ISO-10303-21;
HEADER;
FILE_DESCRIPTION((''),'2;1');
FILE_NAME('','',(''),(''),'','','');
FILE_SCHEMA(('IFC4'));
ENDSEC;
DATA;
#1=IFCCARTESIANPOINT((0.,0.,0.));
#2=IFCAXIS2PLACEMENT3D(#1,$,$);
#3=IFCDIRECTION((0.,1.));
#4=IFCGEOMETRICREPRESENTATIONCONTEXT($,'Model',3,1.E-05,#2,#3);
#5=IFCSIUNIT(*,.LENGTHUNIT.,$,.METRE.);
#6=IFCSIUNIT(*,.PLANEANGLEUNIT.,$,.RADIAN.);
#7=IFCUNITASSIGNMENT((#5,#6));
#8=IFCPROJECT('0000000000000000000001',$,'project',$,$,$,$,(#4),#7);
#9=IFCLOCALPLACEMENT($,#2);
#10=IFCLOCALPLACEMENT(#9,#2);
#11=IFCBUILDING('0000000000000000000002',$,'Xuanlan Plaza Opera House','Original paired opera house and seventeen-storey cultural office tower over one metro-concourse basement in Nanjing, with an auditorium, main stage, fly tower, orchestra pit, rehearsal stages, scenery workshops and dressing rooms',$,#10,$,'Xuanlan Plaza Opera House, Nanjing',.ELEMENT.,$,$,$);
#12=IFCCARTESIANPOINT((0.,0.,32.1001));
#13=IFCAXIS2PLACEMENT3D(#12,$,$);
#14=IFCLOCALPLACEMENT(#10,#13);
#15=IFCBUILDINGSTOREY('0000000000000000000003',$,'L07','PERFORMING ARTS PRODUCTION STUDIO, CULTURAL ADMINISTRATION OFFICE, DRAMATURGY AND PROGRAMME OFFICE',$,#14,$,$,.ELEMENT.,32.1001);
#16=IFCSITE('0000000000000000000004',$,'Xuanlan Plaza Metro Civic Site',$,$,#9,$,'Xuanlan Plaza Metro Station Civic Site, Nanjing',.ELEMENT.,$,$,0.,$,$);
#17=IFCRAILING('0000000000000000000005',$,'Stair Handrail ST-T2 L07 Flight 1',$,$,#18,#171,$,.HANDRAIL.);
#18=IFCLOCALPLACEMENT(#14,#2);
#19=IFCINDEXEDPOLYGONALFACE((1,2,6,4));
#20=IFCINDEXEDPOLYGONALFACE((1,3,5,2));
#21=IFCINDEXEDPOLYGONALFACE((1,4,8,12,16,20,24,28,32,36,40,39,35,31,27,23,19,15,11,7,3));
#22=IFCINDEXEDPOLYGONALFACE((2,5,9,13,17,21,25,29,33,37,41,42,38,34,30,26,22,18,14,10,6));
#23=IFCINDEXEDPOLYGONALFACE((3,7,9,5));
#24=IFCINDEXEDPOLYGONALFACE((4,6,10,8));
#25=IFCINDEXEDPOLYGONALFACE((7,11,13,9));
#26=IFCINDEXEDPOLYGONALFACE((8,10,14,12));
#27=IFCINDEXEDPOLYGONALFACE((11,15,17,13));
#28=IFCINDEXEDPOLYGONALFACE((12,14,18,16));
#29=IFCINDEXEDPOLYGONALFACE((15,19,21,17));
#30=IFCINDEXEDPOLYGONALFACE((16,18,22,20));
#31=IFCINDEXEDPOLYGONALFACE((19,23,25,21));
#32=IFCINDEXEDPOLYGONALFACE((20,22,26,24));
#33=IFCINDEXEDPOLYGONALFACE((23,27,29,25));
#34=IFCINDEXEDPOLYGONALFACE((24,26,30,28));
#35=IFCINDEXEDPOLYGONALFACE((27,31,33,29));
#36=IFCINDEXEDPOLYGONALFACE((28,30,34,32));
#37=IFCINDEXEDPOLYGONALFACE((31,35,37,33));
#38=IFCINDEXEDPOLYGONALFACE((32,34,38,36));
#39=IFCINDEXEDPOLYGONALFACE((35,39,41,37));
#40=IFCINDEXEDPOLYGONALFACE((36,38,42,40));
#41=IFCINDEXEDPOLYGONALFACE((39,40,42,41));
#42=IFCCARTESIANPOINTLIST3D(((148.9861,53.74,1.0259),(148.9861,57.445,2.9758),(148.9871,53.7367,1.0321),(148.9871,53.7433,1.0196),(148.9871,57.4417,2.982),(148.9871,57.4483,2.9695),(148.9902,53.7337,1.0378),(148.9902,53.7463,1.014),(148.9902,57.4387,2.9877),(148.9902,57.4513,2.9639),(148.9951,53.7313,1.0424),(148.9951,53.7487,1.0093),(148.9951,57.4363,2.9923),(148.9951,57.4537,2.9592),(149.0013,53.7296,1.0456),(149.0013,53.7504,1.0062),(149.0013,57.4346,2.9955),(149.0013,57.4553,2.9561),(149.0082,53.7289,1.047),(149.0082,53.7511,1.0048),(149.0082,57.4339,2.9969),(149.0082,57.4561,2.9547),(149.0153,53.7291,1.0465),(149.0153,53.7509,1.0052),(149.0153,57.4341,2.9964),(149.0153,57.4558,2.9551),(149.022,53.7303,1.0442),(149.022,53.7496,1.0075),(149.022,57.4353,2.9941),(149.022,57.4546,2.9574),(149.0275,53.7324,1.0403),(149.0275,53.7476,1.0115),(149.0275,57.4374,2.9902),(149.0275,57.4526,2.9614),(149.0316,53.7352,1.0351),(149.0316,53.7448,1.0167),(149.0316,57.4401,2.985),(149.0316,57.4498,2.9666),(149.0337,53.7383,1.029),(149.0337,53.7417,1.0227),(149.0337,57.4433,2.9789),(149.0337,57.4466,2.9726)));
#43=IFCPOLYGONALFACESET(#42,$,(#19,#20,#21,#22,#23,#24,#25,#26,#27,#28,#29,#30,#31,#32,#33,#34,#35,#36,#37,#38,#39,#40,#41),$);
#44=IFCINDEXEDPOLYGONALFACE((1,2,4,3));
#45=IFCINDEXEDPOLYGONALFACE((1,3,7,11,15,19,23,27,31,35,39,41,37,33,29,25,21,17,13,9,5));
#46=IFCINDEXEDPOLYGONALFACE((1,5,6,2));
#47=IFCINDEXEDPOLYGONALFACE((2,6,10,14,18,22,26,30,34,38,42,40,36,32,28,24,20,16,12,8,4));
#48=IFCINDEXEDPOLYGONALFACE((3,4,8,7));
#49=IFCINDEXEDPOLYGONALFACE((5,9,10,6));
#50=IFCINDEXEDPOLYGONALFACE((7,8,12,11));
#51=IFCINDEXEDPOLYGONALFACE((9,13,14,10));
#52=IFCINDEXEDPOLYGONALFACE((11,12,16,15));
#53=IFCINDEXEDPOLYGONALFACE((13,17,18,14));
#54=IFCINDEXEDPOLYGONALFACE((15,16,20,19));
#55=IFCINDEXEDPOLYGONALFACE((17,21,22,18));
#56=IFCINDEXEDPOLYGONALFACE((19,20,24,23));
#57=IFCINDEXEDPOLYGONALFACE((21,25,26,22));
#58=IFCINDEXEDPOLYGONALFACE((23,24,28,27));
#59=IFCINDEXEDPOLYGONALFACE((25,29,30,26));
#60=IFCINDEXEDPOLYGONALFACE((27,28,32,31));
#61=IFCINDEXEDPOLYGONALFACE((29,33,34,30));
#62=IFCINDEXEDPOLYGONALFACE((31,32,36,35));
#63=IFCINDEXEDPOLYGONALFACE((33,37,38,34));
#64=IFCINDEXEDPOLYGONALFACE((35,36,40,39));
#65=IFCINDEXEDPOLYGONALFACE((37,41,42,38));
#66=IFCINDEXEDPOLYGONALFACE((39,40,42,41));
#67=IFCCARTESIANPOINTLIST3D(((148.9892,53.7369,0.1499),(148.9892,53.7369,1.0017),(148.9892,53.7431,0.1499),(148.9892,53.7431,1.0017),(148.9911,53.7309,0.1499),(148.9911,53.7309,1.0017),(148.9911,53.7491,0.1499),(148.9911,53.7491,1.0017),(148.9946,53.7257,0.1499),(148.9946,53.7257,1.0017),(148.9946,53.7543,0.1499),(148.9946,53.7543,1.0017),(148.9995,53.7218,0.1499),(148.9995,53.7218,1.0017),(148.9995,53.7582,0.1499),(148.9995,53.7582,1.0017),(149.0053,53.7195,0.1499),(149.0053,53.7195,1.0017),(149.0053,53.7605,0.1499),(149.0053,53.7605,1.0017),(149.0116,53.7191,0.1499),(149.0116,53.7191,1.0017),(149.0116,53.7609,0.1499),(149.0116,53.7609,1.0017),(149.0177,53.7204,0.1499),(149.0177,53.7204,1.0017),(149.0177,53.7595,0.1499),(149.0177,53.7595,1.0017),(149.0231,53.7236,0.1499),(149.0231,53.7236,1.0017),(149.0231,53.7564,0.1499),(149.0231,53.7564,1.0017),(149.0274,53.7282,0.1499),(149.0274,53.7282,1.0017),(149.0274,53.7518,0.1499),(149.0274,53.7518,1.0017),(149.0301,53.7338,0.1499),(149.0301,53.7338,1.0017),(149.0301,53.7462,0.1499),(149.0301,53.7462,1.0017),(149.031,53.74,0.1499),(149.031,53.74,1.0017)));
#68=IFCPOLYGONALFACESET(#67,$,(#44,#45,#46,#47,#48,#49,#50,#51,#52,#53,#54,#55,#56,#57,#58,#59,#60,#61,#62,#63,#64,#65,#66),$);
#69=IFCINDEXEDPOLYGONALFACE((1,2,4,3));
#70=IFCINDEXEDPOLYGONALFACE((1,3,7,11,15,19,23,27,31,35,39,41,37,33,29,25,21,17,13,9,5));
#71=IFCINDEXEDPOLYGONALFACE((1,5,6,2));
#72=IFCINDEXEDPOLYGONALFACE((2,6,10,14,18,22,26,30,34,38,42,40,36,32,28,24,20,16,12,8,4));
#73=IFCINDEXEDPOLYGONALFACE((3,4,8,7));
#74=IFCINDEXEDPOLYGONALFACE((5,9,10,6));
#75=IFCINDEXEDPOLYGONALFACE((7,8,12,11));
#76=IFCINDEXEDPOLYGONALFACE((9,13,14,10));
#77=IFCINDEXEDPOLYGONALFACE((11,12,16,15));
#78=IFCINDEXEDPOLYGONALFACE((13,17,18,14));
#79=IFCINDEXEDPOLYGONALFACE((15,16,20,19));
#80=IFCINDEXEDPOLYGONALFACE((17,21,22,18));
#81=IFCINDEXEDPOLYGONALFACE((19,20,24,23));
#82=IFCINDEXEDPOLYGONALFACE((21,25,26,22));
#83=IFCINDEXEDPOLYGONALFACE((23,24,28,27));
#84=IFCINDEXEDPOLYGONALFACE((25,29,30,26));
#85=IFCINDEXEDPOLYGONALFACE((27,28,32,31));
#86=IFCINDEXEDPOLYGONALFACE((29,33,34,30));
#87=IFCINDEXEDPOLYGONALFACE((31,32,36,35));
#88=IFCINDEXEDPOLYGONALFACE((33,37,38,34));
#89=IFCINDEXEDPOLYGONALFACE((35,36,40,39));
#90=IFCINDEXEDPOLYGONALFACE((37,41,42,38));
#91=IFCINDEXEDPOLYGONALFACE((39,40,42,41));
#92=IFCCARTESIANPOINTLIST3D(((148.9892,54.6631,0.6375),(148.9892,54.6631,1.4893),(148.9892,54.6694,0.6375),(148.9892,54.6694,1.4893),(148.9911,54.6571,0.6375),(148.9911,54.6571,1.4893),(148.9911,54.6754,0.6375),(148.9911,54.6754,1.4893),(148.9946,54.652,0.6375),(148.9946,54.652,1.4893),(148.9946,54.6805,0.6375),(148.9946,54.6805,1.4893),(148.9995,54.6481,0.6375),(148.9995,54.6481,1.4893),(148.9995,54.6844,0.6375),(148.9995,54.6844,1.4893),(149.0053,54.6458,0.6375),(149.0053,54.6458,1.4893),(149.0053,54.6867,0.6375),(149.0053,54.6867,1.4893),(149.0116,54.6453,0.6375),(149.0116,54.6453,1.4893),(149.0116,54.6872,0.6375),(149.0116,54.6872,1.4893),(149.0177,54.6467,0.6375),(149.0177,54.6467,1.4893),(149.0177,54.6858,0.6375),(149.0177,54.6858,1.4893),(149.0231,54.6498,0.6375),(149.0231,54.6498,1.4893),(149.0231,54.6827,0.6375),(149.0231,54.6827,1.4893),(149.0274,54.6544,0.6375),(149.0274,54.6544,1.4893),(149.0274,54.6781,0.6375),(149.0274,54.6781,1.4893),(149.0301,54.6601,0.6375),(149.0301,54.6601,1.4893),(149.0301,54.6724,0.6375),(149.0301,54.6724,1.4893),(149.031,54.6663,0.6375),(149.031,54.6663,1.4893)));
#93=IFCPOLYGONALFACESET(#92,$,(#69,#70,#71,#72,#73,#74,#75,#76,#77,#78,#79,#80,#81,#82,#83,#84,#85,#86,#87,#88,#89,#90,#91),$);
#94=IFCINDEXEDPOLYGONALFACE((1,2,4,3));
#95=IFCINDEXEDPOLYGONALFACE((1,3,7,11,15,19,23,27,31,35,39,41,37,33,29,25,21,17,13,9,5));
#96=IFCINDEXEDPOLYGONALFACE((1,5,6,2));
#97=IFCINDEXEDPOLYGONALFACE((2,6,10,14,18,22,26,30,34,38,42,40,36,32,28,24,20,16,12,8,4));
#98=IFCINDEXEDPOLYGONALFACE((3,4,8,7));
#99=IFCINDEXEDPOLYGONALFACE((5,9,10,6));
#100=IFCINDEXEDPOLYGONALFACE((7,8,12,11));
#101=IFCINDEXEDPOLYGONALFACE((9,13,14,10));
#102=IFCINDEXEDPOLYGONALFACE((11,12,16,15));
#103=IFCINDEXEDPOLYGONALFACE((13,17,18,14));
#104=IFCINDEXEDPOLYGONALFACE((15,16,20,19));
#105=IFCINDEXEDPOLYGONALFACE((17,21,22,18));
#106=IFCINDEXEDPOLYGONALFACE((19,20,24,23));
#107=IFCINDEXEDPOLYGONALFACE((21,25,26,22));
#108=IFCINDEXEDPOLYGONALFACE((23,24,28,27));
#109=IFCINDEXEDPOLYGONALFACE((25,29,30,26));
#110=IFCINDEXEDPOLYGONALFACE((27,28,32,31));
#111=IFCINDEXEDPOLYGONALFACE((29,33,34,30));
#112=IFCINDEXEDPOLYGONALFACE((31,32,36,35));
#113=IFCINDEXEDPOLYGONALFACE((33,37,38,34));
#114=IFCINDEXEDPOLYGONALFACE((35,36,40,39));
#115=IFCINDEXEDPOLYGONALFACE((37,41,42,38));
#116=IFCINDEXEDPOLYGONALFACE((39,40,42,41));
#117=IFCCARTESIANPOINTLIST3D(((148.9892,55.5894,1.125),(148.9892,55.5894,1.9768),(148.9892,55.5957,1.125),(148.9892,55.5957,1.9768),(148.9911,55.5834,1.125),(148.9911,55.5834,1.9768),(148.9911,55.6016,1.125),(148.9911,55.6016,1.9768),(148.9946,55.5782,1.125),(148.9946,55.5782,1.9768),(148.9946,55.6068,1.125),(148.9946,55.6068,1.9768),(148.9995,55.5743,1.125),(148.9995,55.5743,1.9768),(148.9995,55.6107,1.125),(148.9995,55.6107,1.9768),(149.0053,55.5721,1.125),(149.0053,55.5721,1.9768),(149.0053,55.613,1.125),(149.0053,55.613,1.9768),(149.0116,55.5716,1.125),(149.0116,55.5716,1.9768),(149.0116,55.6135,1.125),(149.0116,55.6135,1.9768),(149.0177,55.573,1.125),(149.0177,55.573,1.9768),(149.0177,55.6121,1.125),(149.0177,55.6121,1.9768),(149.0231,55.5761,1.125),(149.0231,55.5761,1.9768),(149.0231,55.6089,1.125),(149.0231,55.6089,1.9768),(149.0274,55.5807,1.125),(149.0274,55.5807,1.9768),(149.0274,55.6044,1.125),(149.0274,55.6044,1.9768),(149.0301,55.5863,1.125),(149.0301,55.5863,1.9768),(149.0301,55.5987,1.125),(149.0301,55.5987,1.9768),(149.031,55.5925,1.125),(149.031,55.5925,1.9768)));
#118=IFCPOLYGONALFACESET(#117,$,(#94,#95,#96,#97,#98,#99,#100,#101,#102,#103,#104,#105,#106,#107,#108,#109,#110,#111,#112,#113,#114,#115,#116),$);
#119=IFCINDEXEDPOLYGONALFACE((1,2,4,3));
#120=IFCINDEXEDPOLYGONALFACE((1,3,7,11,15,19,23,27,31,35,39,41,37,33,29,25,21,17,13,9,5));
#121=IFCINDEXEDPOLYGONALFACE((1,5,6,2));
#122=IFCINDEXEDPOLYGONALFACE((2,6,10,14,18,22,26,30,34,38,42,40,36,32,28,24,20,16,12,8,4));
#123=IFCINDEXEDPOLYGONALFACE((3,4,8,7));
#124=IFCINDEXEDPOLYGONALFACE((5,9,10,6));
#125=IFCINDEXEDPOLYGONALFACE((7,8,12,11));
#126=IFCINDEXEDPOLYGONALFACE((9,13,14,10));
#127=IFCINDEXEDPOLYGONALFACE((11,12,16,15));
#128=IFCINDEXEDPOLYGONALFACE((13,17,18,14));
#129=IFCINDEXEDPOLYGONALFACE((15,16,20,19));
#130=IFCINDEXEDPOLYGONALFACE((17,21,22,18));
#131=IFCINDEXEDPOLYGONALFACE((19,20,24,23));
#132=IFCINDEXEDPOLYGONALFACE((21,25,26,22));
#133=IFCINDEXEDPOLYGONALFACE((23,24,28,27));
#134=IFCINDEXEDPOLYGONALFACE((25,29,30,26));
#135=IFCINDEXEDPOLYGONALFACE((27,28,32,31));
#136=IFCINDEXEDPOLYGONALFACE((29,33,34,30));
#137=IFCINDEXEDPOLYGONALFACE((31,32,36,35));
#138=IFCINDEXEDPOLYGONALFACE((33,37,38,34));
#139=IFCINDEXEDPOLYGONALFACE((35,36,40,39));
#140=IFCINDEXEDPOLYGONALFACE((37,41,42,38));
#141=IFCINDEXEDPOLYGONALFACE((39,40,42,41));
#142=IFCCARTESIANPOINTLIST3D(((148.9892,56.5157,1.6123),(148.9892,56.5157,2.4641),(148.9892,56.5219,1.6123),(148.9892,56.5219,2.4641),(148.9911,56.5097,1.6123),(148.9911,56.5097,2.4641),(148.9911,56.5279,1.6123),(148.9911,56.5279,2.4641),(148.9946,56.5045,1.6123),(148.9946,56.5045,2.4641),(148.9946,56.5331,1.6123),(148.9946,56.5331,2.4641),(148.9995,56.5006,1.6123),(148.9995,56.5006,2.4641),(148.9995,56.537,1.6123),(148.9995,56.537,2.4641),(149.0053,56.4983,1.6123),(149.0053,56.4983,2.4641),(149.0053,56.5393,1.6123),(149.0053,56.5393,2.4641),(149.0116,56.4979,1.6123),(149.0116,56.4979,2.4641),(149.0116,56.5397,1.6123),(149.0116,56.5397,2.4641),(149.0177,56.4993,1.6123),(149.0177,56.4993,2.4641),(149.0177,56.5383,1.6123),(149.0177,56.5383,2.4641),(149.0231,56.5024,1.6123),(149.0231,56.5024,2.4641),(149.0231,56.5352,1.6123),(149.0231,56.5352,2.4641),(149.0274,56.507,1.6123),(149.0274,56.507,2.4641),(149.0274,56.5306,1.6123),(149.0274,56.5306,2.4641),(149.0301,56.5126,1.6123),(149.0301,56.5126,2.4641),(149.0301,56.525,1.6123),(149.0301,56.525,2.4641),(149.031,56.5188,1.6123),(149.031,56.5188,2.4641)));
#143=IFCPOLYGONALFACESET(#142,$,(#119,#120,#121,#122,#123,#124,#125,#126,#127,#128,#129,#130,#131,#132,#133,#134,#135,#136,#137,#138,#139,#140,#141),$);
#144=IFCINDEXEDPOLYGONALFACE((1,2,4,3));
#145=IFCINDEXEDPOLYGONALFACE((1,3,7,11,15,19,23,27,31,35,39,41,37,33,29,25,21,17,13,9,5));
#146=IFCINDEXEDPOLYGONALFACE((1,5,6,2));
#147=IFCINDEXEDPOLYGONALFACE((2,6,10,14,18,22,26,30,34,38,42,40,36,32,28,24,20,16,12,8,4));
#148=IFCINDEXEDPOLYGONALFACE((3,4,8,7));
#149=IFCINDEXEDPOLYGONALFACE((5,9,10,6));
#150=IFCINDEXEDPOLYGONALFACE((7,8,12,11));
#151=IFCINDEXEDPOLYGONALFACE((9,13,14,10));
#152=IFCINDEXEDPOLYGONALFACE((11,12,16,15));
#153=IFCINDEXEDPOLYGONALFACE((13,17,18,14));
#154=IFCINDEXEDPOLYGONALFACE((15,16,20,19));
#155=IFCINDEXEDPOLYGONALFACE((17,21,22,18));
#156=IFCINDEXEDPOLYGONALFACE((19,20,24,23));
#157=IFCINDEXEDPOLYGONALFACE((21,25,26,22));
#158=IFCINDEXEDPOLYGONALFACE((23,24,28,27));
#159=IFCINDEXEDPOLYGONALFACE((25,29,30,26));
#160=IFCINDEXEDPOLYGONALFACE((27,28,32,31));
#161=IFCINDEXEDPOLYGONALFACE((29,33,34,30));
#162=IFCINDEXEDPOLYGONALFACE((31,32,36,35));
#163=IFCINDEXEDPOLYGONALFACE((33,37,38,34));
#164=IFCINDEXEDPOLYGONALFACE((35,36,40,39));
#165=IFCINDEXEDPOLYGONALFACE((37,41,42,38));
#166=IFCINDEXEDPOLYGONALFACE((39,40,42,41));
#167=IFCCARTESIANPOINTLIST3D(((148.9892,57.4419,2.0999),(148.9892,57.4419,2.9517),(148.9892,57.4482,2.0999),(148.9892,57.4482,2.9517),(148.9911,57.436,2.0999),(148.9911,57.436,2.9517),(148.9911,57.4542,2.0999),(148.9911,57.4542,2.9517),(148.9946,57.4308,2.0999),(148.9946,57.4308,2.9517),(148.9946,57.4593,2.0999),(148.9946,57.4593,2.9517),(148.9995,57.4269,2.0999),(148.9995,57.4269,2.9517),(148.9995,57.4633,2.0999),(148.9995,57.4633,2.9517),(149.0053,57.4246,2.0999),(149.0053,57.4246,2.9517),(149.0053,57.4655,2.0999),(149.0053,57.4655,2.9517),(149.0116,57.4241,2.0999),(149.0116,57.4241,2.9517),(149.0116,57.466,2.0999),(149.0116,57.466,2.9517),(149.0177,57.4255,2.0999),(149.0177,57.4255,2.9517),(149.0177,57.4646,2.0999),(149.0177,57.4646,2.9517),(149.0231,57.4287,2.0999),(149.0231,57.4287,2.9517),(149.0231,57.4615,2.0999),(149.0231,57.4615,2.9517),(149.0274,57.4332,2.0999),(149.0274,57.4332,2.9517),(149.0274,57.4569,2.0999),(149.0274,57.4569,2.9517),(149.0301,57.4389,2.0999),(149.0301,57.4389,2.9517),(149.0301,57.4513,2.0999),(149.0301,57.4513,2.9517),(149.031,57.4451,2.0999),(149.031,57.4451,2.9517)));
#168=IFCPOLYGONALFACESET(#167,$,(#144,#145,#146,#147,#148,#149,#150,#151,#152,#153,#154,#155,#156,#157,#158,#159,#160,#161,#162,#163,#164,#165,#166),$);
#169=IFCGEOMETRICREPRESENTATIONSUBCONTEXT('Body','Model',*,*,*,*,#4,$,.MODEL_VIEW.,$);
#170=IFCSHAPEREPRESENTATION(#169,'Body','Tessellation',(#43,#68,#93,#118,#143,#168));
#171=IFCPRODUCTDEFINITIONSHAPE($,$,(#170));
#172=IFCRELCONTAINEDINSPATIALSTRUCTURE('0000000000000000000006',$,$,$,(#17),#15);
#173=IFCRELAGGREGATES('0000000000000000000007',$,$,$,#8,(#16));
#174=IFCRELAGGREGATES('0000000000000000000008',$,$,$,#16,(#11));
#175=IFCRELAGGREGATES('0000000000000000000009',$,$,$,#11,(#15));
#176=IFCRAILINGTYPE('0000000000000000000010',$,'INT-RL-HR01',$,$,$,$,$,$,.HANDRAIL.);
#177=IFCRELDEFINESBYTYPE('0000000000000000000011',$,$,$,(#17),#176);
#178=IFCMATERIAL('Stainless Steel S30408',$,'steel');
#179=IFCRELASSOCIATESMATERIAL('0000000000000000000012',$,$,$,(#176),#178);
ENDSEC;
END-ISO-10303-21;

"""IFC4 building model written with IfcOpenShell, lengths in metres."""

from ifc_helpers import new_model, si_unit, direction, frame, origin, origin_2d, place, context, subcontext, project, spatial, circle, extrude, material, type_object, element, save


model = new_model("IFC4")

# Units and contexts
model_context = context("Model", 3, precision=1e-05, world=origin(), true_north=direction((0.0, 1.0)))
body_context = subcontext(model_context, "Body", "Model", "MODEL_VIEW")
ifc_project = project(units=[si_unit("LENGTHUNIT", "METRE"), si_unit("PLANEANGLEUNIT", "RADIAN")], contexts=[model_context])

# Site, building, storey
site_placement = place(None, origin())
site = spatial("IfcSite", under=ifc_project, at=site_placement, Name="Xuanlan Plaza Metro Civic Site", LongName="Xuanlan Plaza Metro Station Civic Site, Nanjing", CompositionType="ELEMENT", RefElevation=0.0)
building_placement = place(site_placement, origin())
building = spatial("IfcBuilding", under=site, at=building_placement, Name="Xuanlan Plaza Opera House", Description="Original paired opera house and seventeen-storey cultural office tower over one metro-concourse basement in Nanjing, with an auditorium, main stage, fly tower, orchestra pit, rehearsal stages, scenery workshops and dressing rooms", LongName="Xuanlan Plaza Opera House, Nanjing", CompositionType="ELEMENT")
storey_placement = place(building_placement, frame((0.0, 0.0, 32.1001)))
storey = spatial("IfcBuildingStorey", under=building, at=storey_placement, Name="L07", Description="PERFORMING ARTS PRODUCTION STUDIO, CULTURAL ADMINISTRATION OFFICE, DRAMATURGY AND PROGRAMME OFFICE", CompositionType="ELEMENT", Elevation=32.1001)

# Shared definitions
ifc_material_1 = material(Name="Stainless Steel S30408", Category="steel")

# Railing
railing_type = type_object("IfcRailingType", Name="INT-RL-HR01", PredefinedType="HANDRAIL", material=ifc_material_1)
railing_placement = place(storey_placement, frame((149.01, 53.74, 0.1499)))
element("IfcRailing", 1, at=railing_placement, inside=storey, type_object=railing_type, Name="Stair Handrail ST-T2 L07 Flight 1", PredefinedType="HANDRAIL", context=body_context, shape_type="SweptSolid", body=[
    extrude(circle(Radius=0.0239, at=origin_2d()), frame((0.0, 0.0, 0.876), z_axis=(0.0, 0.884927, 0.46573), x_axis=(-1.0, 0.0, 0.0)), (0.0, 0.0, 1.0), 4.1868),
    extrude(circle(Radius=0.021, at=origin_2d()), origin(), (0.0, 0.0, 1.0), 0.8518),
    extrude(circle(Radius=0.021, at=origin_2d()), frame((0.0, 0.9263, 0.4875)), (0.0, 0.0, 1.0), 0.8518),
    extrude(circle(Radius=0.021, at=origin_2d()), frame((0.0, 1.8525, 0.9751)), (0.0, 0.0, 1.0), 0.8518),
    extrude(circle(Radius=0.021, at=origin_2d()), frame((0.0, 2.7788, 1.4624)), (0.0, 0.0, 1.0), 0.8518),
    extrude(circle(Radius=0.021, at=origin_2d()), frame((0.0, 3.7051, 1.95)), (0.0, 0.0, 1.0), 0.8518),
])

save(model, "model.ifc")
